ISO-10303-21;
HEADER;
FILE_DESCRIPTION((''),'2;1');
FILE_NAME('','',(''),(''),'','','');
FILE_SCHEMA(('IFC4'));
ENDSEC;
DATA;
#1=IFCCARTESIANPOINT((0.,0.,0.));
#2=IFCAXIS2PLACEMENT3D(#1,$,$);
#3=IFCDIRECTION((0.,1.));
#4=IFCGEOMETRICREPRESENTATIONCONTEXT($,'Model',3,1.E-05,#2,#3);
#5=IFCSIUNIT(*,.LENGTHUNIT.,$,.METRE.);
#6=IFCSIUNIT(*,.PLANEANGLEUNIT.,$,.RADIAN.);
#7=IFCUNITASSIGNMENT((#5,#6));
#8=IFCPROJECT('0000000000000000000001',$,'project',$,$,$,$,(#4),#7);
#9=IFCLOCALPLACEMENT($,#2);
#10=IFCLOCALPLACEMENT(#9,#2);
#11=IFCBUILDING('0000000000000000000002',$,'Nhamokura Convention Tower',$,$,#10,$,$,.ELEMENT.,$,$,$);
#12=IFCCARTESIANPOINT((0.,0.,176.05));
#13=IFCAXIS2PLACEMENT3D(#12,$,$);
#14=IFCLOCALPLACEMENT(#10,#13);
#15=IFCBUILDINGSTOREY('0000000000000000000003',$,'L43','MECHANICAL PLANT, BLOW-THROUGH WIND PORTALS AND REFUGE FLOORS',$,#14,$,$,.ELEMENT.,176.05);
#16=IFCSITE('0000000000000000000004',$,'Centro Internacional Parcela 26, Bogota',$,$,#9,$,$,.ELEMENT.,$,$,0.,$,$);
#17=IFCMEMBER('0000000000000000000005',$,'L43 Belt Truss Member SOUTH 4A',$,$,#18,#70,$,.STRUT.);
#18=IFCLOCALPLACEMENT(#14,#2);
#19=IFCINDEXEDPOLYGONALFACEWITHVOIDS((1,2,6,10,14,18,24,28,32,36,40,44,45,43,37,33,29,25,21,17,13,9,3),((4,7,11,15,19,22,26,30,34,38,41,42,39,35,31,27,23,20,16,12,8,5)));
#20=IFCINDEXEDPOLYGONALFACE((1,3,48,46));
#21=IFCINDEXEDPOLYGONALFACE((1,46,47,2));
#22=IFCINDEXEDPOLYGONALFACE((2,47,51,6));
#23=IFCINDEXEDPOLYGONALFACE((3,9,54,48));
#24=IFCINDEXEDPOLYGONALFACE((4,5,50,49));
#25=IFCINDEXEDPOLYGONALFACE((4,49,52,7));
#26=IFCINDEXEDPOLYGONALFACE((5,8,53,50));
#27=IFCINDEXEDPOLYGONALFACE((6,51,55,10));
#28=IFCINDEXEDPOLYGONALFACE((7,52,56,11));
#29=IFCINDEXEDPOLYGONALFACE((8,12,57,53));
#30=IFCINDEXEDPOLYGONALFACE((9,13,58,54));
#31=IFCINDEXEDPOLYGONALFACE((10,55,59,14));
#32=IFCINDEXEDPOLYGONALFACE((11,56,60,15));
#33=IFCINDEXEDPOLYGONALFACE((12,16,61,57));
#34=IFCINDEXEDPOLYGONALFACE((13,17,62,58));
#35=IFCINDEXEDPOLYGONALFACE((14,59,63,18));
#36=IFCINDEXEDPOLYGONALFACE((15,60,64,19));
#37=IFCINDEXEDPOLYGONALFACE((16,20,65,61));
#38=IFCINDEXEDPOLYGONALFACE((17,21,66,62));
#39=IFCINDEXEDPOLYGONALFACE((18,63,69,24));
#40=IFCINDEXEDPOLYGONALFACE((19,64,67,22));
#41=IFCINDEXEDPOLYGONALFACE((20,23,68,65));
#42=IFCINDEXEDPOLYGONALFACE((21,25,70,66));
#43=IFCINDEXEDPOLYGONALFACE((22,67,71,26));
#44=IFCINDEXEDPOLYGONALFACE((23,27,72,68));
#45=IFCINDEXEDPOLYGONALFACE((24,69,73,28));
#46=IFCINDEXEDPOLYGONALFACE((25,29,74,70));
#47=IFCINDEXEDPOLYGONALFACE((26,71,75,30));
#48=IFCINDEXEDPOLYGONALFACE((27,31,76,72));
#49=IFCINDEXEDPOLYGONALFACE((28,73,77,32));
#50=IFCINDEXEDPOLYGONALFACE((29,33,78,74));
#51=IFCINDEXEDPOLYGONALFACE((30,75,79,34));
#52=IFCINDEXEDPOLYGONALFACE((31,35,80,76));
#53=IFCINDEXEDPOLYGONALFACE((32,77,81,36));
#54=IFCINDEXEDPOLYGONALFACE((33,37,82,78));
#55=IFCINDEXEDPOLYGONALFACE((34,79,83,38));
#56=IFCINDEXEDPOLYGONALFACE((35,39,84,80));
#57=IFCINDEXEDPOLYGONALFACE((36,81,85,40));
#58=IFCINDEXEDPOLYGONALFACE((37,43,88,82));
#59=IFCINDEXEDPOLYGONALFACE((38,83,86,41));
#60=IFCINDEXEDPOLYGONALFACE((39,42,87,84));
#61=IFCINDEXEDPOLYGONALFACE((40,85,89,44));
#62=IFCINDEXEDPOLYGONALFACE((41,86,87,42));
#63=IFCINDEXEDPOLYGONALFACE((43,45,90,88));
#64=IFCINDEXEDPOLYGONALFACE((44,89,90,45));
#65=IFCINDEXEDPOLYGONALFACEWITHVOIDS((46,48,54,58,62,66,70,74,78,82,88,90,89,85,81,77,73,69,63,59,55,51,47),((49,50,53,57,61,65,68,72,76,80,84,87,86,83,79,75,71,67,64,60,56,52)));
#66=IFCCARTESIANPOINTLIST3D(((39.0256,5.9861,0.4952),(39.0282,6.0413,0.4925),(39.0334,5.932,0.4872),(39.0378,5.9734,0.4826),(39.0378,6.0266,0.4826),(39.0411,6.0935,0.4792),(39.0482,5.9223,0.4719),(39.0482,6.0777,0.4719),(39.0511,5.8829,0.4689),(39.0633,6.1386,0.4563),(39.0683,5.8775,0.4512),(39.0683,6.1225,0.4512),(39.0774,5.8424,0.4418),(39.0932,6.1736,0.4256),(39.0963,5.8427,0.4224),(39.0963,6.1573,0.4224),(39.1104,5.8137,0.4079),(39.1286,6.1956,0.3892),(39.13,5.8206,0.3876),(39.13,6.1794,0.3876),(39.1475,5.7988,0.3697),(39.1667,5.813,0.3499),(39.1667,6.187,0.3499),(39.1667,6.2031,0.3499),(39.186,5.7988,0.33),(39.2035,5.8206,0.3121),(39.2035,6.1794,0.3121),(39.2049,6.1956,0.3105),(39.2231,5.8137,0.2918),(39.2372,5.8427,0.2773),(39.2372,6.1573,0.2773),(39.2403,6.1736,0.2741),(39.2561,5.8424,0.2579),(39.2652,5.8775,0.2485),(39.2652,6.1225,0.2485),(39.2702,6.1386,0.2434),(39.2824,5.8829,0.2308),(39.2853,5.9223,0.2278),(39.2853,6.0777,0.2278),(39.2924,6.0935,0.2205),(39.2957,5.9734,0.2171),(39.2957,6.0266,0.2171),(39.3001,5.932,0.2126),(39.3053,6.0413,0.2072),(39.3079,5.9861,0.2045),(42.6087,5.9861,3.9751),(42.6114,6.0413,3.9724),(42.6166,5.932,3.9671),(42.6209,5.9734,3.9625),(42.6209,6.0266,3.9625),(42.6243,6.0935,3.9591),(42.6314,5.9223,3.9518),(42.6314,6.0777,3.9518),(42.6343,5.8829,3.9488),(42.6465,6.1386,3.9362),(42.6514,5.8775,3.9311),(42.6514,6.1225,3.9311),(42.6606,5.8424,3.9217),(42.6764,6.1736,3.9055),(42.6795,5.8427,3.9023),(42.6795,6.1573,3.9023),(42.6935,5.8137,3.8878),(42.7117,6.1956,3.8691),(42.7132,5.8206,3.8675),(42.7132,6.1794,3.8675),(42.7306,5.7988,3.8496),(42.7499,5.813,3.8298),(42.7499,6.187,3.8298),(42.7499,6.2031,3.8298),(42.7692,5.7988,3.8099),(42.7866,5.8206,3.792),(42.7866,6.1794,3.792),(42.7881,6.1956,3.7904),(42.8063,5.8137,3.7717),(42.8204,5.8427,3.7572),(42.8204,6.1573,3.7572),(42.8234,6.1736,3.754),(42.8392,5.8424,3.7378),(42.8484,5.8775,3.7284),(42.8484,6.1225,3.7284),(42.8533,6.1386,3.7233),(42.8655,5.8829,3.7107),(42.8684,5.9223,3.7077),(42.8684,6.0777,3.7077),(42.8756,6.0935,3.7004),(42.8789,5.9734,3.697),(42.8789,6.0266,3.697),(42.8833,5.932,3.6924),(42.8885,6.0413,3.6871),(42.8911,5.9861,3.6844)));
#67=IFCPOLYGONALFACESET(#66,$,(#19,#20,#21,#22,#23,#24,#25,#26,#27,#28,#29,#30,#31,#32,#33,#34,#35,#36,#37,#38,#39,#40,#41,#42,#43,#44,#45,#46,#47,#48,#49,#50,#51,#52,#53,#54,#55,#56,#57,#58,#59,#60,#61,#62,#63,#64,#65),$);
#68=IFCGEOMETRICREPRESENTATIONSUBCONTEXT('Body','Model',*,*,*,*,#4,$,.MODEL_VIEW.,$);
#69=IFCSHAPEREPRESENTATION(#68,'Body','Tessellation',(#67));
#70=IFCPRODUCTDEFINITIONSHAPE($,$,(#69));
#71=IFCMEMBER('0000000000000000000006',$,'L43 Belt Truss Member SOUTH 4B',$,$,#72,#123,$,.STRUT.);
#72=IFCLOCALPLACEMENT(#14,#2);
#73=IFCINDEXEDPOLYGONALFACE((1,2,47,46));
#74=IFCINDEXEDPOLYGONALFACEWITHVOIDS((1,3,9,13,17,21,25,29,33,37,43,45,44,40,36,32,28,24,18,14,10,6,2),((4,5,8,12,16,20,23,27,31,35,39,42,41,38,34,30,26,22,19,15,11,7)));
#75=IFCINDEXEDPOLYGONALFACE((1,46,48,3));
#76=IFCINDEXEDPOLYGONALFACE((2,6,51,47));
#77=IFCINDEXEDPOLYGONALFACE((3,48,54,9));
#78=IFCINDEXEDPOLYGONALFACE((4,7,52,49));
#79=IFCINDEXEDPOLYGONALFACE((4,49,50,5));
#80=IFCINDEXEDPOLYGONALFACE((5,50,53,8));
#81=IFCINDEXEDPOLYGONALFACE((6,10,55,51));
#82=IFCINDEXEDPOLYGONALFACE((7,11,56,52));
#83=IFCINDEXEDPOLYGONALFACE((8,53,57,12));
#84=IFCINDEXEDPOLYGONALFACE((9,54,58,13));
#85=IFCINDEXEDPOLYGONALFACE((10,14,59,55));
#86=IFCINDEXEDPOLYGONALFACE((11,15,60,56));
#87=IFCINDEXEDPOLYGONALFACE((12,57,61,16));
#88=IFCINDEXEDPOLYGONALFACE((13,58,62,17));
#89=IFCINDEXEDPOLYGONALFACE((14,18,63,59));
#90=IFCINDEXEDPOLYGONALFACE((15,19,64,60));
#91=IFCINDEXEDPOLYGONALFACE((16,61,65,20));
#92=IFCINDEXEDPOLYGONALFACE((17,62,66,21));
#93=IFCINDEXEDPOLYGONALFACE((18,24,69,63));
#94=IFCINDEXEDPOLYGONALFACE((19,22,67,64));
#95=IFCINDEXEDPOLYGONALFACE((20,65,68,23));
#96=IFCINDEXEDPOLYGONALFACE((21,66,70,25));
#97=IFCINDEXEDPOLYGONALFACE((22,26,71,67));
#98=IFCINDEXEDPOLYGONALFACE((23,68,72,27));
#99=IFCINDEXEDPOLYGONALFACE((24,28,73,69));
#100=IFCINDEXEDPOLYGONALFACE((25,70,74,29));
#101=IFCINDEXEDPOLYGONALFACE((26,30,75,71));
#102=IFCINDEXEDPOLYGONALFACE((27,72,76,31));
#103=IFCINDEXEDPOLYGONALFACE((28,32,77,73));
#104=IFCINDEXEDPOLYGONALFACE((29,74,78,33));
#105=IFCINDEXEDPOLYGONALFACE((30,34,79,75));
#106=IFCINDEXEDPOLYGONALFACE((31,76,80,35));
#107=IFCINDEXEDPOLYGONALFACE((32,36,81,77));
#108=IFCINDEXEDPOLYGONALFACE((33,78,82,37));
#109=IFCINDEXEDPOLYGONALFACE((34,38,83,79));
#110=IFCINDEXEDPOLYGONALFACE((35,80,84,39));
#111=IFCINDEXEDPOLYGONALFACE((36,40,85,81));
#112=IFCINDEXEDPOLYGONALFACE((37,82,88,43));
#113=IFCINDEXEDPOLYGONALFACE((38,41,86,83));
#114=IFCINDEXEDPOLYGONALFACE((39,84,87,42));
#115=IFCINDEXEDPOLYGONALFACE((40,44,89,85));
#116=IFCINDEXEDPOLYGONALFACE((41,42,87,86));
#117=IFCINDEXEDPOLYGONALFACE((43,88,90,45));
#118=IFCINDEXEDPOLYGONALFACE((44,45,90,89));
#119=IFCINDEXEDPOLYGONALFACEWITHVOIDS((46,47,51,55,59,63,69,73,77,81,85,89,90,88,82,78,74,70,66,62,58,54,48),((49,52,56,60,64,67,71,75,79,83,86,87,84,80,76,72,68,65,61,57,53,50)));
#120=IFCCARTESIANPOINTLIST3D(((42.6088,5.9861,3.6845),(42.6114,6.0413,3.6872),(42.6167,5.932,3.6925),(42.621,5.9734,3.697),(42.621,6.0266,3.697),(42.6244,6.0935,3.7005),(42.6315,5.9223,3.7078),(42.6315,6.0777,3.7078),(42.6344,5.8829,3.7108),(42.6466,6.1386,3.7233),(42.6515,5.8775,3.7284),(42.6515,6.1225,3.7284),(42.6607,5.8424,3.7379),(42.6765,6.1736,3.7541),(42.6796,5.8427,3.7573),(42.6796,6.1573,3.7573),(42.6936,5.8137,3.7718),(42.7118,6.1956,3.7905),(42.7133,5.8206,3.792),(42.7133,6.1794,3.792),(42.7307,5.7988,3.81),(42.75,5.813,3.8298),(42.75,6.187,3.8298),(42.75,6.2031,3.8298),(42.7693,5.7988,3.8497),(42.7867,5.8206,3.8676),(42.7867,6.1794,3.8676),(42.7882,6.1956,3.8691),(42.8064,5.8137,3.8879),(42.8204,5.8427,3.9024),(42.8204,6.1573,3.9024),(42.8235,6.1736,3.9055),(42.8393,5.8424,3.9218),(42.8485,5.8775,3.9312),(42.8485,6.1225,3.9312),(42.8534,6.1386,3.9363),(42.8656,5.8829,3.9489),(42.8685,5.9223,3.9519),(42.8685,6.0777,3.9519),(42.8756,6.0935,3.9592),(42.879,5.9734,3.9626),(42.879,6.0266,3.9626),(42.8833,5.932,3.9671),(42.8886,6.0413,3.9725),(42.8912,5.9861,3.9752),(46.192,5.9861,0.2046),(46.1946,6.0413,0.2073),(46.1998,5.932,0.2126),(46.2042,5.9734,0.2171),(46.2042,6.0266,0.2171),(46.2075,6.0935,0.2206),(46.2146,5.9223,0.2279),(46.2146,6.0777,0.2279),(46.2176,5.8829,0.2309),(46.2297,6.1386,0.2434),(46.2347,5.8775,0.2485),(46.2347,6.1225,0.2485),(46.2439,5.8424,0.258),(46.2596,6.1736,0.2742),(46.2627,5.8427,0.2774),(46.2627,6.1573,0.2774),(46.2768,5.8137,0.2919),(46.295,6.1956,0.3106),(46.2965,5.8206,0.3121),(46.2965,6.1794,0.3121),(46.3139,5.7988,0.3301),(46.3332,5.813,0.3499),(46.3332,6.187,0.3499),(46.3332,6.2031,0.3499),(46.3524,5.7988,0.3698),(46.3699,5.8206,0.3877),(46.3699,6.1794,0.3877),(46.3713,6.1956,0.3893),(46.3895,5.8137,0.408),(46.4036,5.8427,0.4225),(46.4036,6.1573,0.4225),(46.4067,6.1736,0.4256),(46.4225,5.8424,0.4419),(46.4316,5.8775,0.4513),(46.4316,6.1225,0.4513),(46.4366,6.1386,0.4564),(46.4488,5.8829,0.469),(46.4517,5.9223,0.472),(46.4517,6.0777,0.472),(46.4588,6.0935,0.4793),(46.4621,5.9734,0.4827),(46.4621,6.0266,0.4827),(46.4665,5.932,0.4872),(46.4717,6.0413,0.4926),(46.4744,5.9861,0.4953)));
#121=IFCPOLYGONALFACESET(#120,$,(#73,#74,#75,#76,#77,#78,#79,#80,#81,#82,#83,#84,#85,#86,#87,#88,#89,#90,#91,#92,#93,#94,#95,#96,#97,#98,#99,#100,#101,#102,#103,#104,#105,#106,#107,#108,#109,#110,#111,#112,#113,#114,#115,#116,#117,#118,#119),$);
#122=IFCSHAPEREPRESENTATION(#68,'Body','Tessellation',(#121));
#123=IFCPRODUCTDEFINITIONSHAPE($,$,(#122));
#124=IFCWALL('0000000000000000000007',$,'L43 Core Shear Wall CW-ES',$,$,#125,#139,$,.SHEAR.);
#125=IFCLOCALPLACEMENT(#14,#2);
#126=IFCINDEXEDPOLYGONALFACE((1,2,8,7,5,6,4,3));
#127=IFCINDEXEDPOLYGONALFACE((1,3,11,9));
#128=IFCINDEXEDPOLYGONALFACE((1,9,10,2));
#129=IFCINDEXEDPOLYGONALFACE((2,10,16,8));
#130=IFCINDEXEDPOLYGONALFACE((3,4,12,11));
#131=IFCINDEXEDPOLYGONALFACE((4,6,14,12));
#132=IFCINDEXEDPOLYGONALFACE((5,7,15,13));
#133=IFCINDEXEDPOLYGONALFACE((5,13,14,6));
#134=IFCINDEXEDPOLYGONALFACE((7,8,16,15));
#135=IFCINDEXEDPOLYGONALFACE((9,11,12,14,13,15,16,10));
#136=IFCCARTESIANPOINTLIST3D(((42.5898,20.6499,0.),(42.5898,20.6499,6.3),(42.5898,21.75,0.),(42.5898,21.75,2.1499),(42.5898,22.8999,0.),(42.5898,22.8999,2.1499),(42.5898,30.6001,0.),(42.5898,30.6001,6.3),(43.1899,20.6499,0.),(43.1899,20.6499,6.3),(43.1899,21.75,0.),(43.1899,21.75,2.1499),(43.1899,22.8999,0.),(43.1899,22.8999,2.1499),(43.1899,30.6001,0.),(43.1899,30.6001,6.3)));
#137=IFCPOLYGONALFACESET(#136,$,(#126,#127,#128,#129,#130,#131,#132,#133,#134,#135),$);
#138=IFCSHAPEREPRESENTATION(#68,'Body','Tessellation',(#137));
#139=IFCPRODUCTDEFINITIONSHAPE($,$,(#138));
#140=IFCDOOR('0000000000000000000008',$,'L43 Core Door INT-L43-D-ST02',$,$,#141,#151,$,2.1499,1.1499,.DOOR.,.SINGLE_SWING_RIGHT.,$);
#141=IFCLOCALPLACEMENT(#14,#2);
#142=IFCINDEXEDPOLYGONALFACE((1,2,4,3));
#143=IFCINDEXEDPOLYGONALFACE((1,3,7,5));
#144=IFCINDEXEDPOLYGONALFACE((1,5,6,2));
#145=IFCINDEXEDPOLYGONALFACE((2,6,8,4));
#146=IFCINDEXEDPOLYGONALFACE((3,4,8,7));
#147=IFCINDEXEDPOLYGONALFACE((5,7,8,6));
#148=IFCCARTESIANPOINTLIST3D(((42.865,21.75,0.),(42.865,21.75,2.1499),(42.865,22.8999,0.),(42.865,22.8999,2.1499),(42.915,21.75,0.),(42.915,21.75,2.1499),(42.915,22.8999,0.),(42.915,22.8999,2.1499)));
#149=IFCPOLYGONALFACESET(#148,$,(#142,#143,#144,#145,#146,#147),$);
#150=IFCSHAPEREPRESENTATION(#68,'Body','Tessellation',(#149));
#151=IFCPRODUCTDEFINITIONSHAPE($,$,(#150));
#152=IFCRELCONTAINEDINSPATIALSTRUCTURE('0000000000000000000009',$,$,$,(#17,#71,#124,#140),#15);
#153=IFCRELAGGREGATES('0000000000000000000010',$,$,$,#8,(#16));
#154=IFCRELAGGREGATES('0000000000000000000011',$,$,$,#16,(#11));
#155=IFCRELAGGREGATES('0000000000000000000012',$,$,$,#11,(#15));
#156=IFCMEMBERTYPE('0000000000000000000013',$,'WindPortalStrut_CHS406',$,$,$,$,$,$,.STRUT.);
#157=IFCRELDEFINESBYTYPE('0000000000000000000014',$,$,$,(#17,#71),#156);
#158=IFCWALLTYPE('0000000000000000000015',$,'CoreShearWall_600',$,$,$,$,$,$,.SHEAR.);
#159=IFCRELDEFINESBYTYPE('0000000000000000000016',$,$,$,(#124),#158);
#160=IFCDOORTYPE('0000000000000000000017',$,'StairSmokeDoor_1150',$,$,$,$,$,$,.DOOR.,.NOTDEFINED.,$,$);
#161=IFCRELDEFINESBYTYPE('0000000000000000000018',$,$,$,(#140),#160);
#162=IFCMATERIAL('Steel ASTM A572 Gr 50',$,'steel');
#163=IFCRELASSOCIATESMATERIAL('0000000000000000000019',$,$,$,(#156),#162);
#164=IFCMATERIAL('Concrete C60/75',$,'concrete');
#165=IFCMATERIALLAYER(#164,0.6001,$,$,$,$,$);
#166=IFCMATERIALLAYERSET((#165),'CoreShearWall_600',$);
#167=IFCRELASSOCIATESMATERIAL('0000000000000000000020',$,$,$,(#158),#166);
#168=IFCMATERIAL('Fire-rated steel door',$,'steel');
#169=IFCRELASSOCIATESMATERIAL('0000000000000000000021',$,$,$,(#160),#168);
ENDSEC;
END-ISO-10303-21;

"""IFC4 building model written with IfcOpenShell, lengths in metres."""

from ifc_helpers import new_model, si_unit, direction, frame, frame_2d, origin, origin_2d, place, context, subcontext, project, spatial, rectangle, hollow_circle, extrude, material, layer, layer_set, material_profile, profile_set, type_object, element, fill, save


model = new_model("IFC4")

# Units and contexts
model_context = context("Model", 3, precision=1e-05, world=origin(), true_north=direction((0.0, 1.0)))
body_context = subcontext(model_context, "Body", "Model", "MODEL_VIEW")
ifc_project = project(units=[si_unit("LENGTHUNIT", "METRE"), si_unit("PLANEANGLEUNIT", "RADIAN")], contexts=[model_context])

# Site, building, storey
site_placement = place(None, origin())
site = spatial("IfcSite", under=ifc_project, at=site_placement, Name="Centro Internacional Parcela 26, Bogota", CompositionType="ELEMENT", RefElevation=0.0)
building_placement = place(site_placement, origin())
building = spatial("IfcBuilding", under=site, at=building_placement, Name="Nhamokura Convention Tower", CompositionType="ELEMENT")
storey_placement = place(building_placement, frame((0.0, 0.0, 176.05)))
storey = spatial("IfcBuildingStorey", under=building, at=storey_placement, Name="L43", Description="MECHANICAL PLANT, BLOW-THROUGH WIND PORTALS AND REFUGE FLOORS", CompositionType="ELEMENT", Elevation=176.05)

# Members
ifc_material_1 = material(Name="Steel ASTM A572 Gr 50", Category="steel")
ifc_material_profile_1 = material_profile(ifc_material_1, hollow_circle(Radius=0.2031, WallThickness=0.0161, at=origin_2d()))
ifc_profile_set_1 = profile_set([ifc_material_profile_1], Name="Steel ASTM A572 Gr 50")
member_type = type_object("IfcMemberType", Name="WindPortalStrut_CHS406", PredefinedType="STRUT", material=ifc_profile_set_1)
for number, where, z_axis, x_axis, name in (
    (1, (39.1667, 6.0, 0.3499), (0.717369, 0.0, 0.696694), (0.0, 1.0, 0.0), "L43 Belt Truss Member SOUTH 4A"),
    (2, (42.75, 6.0, 3.8298), (0.717369, 0.0, -0.696694), (0.0, 1.0, 0.0), "L43 Belt Truss Member SOUTH 4B"),
):
    element("IfcMember", number, at=place(storey_placement, frame(where, z_axis=z_axis, x_axis=x_axis)), inside=storey, type_object=member_type, Name=name, PredefinedType="STRUT", context=body_context, shape_type="SweptSolid", body=[
        extrude(hollow_circle(Radius=0.2031, WallThickness=0.0161, at=origin_2d()), origin(), (0.0, 0.0, 1.0), 4.9949),
    ])

# Wall, opening, door
ifc_material_2 = material(Name="Concrete C60/75", Category="concrete")
ifc_layer = layer(ifc_material_2, 0.6001)
ifc_layer_set = layer_set([ifc_layer], Name="CoreShearWall_600")
wall_type = type_object("IfcWallType", Name="CoreShearWall_600", PredefinedType="SHEAR", material=ifc_layer_set)
wall_placement = place(storey_placement, frame((42.8899, 20.6499, 0.0), z_axis=(0.0, 0.0, 1.0), x_axis=(0.0, 1.0, 0.0)))
wall = element("IfcWall", 3, at=wall_placement, inside=storey, type_object=wall_type, Name="L43 Core Shear Wall CW-ES", PredefinedType="SHEAR", context=body_context, shape_type="SweptSolid", body=[
    extrude(rectangle(XDim=9.9502, YDim=0.6001, at=frame_2d((4.9751, 0.0))), origin(), (0.0, 0.0, 1.0), 6.3),
])
opening_placement = place(wall_placement, frame((1.1001, 0.0, 0.0)))
opening = element("IfcOpeningElement", 4, at=opening_placement, cuts=wall, PredefinedType="OPENING", context=body_context, shape_type="SweptSolid", body=[
    extrude(rectangle(XDim=1.1499, YDim=2.1499, at=frame_2d((0.575, 1.075))), frame((0.0, 0.3101, 0.0), z_axis=(0.0, -1.0, 0.0), x_axis=(1.0, 0.0, 0.0)), (0.0, 0.0, 1.0), 0.6201),
])
ifc_material_3 = material(Name="Fire-rated steel door", Category="steel")
door_type = type_object("IfcDoorType", Name="StairSmokeDoor_1150", OperationType="NOTDEFINED", PredefinedType="DOOR", material=ifc_material_3)
door_placement = place(opening_placement, origin())
door = element("IfcDoor", 5, at=door_placement, inside=storey, type_object=door_type, Name="L43 Core Door INT-L43-D-ST02", OperationType="SINGLE_SWING_RIGHT", OverallHeight=2.1499, OverallWidth=1.1499, PredefinedType="DOOR", context=body_context, shape_type="SweptSolid", body=[
    extrude(rectangle(XDim=1.1499, YDim=2.1499, at=frame_2d((0.575, 1.075))), frame((0.0, 0.0249, 0.0), z_axis=(0.0, -1.0, 0.0), x_axis=(1.0, 0.0, 0.0)), (0.0, 0.0, 1.0), 0.05),
])
fill(opening, door)

save(model, "model.ifc")
